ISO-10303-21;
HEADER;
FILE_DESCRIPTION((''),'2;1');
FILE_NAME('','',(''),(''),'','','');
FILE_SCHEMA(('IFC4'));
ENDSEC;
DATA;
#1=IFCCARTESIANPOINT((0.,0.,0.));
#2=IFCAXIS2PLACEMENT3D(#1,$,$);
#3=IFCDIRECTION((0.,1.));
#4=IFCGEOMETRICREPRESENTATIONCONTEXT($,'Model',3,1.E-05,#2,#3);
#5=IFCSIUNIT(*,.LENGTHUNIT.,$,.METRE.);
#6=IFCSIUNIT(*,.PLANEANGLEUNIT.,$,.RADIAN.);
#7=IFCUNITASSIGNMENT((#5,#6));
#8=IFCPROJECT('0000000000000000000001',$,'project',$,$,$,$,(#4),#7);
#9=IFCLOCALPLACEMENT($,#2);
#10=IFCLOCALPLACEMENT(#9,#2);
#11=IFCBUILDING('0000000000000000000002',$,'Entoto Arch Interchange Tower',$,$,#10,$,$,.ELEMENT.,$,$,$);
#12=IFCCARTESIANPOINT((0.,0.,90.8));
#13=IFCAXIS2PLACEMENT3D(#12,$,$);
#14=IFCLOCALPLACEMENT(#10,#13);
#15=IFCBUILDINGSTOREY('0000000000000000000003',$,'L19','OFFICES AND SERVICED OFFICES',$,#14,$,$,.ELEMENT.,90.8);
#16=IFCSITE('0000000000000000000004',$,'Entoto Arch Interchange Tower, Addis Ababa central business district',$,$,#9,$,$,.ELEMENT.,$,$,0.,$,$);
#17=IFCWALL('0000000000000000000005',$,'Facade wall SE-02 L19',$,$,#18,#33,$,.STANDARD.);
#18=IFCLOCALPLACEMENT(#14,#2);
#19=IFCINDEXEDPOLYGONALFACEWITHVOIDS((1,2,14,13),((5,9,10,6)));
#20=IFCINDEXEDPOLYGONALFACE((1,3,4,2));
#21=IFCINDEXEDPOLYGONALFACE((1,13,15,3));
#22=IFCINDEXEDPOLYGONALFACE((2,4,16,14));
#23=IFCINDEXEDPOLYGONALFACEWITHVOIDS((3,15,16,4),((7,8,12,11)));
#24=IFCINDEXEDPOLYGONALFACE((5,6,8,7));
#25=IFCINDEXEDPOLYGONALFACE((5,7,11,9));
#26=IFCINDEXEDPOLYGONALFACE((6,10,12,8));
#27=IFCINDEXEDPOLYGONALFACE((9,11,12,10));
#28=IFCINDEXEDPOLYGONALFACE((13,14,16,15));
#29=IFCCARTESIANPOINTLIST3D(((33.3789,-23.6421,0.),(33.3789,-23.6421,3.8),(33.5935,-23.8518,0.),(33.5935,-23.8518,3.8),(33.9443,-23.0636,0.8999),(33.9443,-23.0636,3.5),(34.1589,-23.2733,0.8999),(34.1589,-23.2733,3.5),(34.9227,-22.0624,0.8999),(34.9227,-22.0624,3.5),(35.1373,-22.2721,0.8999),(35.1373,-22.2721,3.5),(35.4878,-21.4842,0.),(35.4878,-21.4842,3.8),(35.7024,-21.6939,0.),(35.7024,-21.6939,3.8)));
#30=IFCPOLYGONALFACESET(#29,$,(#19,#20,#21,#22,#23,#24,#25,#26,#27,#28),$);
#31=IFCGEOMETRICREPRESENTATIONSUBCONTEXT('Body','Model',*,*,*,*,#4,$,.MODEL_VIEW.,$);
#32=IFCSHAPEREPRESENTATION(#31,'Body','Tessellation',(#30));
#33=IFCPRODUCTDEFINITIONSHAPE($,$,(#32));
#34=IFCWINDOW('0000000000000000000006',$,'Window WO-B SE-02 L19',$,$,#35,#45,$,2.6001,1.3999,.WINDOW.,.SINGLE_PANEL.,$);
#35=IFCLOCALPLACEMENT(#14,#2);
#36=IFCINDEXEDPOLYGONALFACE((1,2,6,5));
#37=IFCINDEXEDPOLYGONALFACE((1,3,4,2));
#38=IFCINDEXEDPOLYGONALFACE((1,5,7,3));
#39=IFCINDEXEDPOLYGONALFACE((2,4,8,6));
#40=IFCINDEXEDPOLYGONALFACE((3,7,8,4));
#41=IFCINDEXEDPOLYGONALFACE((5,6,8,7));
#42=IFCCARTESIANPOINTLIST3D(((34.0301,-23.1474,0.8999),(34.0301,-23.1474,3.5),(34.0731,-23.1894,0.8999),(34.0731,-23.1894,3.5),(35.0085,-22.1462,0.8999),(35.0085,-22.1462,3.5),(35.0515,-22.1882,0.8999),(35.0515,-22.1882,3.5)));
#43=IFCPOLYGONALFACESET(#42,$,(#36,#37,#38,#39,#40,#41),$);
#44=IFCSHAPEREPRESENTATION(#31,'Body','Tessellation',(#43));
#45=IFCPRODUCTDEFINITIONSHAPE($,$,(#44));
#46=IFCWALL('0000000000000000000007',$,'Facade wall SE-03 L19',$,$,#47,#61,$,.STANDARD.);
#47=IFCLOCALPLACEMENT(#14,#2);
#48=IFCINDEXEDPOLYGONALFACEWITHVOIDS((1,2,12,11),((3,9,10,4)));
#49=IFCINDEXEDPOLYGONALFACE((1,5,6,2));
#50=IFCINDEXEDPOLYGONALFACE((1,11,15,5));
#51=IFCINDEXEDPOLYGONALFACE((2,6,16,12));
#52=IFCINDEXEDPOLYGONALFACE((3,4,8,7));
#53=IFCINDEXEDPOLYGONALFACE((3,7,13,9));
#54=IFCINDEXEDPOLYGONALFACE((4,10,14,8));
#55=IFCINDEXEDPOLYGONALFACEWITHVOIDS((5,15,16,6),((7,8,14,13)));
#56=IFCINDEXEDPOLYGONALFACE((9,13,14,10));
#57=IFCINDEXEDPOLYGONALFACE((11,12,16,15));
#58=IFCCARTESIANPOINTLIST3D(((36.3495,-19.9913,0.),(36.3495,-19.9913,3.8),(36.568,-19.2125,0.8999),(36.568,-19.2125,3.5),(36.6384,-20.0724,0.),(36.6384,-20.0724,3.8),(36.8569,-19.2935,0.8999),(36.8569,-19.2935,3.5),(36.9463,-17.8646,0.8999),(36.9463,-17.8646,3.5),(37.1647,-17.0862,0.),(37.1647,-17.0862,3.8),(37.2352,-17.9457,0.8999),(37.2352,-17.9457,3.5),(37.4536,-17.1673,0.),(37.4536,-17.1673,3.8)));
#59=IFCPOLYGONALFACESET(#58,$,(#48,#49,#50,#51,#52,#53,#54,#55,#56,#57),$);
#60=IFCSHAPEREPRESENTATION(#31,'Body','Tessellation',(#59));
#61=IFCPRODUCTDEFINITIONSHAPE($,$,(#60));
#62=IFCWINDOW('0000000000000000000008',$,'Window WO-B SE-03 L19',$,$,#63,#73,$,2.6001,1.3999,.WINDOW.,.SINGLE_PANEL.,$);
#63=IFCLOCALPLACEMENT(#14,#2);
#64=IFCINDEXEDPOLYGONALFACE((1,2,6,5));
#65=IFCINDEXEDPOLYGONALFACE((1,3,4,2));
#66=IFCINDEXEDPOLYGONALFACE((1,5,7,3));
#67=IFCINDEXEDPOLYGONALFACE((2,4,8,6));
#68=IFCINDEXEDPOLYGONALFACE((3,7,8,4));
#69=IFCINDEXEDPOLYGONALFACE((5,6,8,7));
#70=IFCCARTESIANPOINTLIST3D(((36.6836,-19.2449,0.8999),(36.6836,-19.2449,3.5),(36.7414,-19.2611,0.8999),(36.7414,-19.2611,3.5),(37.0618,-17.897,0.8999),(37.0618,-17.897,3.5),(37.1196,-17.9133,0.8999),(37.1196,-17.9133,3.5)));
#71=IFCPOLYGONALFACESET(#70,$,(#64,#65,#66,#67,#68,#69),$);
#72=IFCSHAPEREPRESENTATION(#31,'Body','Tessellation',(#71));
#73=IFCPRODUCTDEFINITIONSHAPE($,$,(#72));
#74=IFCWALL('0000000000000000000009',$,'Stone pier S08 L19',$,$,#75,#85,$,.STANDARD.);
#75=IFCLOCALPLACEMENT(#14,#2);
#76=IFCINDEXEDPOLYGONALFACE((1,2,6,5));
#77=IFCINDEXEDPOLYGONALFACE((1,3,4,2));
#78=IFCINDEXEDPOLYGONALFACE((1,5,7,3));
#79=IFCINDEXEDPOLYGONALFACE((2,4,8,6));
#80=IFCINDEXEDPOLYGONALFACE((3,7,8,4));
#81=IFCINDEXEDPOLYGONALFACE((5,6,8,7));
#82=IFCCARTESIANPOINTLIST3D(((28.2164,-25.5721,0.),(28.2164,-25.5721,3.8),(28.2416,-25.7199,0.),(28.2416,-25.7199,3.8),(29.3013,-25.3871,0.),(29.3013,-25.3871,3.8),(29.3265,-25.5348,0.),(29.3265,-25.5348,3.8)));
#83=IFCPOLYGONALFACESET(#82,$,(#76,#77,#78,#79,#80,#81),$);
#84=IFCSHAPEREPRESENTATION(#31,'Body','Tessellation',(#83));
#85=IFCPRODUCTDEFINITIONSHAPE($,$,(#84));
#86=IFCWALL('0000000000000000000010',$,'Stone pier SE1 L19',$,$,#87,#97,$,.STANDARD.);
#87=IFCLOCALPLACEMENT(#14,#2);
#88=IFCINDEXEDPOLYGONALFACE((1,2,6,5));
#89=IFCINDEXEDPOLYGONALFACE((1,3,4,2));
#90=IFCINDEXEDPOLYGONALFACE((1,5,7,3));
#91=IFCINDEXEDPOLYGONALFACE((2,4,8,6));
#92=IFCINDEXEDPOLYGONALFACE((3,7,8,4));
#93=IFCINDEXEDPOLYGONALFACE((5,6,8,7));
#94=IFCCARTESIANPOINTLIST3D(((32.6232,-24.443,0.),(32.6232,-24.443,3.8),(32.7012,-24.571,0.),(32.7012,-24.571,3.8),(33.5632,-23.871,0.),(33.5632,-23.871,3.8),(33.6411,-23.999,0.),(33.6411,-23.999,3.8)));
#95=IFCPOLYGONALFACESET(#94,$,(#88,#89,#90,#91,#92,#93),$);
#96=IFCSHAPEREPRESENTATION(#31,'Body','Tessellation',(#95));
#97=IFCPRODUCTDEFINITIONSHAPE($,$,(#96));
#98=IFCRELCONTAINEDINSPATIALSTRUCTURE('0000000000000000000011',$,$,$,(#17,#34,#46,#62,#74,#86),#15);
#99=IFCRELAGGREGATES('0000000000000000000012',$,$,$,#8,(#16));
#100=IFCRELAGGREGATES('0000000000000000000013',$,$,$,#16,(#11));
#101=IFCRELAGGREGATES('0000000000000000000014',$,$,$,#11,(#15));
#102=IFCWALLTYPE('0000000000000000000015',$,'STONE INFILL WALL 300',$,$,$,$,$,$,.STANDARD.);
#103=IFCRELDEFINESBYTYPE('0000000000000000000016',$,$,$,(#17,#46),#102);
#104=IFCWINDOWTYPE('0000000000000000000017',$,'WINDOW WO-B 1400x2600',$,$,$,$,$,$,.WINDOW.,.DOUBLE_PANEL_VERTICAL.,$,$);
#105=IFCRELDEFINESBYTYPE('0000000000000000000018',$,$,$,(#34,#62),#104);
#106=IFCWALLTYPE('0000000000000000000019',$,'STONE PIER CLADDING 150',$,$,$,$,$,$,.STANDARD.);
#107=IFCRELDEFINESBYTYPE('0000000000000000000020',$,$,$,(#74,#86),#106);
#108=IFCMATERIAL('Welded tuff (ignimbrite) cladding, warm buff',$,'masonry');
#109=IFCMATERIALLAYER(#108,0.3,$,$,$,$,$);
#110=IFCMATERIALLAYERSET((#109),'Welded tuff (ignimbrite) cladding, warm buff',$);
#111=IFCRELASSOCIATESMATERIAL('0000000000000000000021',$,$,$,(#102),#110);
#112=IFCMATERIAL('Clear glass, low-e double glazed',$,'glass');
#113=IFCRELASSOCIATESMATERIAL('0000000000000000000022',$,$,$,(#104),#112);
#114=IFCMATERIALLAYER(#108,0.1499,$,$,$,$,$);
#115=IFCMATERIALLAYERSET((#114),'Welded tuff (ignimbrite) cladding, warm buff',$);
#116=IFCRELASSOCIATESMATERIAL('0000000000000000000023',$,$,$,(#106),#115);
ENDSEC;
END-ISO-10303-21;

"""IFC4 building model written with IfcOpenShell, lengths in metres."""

from ifc_helpers import new_model, si_unit, direction, frame, frame_2d, origin, place, context, subcontext, project, spatial, rectangle, extrude, material, layer, layer_set, type_object, element, fill, save


model = new_model("IFC4")

# Units and contexts
model_context = context("Model", 3, precision=1e-05, world=origin(), true_north=direction((0.0, 1.0)))
body_context = subcontext(model_context, "Body", "Model", "MODEL_VIEW")
ifc_project = project(units=[si_unit("LENGTHUNIT", "METRE"), si_unit("PLANEANGLEUNIT", "RADIAN")], contexts=[model_context])

# Site, building, storey
site_placement = place(None, origin())
site = spatial("IfcSite", under=ifc_project, at=site_placement, Name="Entoto Arch Interchange Tower, Addis Ababa central business district", CompositionType="ELEMENT", RefElevation=0.0)
building_placement = place(site_placement, origin())
building = spatial("IfcBuilding", under=site, at=building_placement, Name="Entoto Arch Interchange Tower", CompositionType="ELEMENT")
storey_placement = place(building_placement, frame((0.0, 0.0, 90.8)))
storey = spatial("IfcBuildingStorey", under=building, at=storey_placement, Name="L19", Description="OFFICES AND SERVICED OFFICES", CompositionType="ELEMENT", Elevation=90.8)

# Walls, openings, windows
ifc_material_1 = material(Name="Welded tuff (ignimbrite) cladding, warm buff", Category="masonry")
ifc_layer_1 = layer(ifc_material_1, 0.3)
ifc_layer_set_1 = layer_set([ifc_layer_1], Name="Welded tuff (ignimbrite) cladding, warm buff")
wall_type_1 = type_object("IfcWallType", Name="STONE INFILL WALL 300", PredefinedType="STANDARD", material=ifc_layer_set_1)
ifc_material_2 = material(Name="Clear glass, low-e double glazed", Category="glass")
window_type = type_object("IfcWindowType", Name="WINDOW WO-B 1400x2600", PartitioningType="DOUBLE_PANEL_VERTICAL", PredefinedType="WINDOW", material=ifc_material_2)
wall_1_placement = place(storey_placement, frame((33.4861, -23.7471, 0.0), z_axis=(0.0, 0.0, 1.0), x_axis=(0.698928, 0.715192, 0.0)))
wall_1 = element("IfcWall", 1, at=wall_1_placement, inside=storey, type_object=wall_type_1, Name="Facade wall SE-02 L19", PredefinedType="STANDARD", context=body_context, shape_type="SweptSolid", body=[
    extrude(rectangle(XDim=3.0173, YDim=0.3, at=frame_2d((1.5088, 0.0))), origin(), (0.0, 0.0, 1.0), 3.8),
])
opening_1_placement = place(wall_1_placement, frame((0.8091, 0.0, 0.8999)))
opening_1 = element("IfcOpeningElement", 2, at=opening_1_placement, cuts=wall_1, PredefinedType="OPENING", context=body_context, shape_type="SweptSolid", body=[
    extrude(rectangle(XDim=1.3999, YDim=2.6001, at=frame_2d((0.7, 1.3))), frame((0.0, 0.1602, 0.0), z_axis=(0.0, -1.0, 0.0), x_axis=(1.0, 0.0, 0.0)), (0.0, 0.0, 1.0), 0.3201),
])
window_1_placement = place(opening_1_placement, origin())
window_1 = element("IfcWindow", 3, at=window_1_placement, inside=storey, type_object=window_type, Name="Window WO-B SE-02 L19", OverallHeight=2.6001, OverallWidth=1.3999, PartitioningType="SINGLE_PANEL", PredefinedType="WINDOW", context=body_context, shape_type="SweptSolid", body=[
    extrude(rectangle(XDim=1.3999, YDim=2.6001, at=frame_2d((0.7, 1.3))), frame((0.0, 0.03, 0.0), z_axis=(0.0, -1.0, 0.0), x_axis=(1.0, 0.0, 0.0)), (0.0, 0.0, 1.0), 0.0601),
])
fill(opening_1, window_1)
wall_2_placement = place(storey_placement, frame((36.4939, -20.032, 0.0), z_axis=(0.0, 0.0, 1.0), x_axis=(0.270176, 0.962811, 0.0)))
wall_2 = element("IfcWall", 4, at=wall_2_placement, inside=storey, type_object=wall_type_1, Name="Facade wall SE-03 L19", PredefinedType="STANDARD", context=body_context, shape_type="SweptSolid", body=[
    extrude(rectangle(XDim=3.0173, YDim=0.3, at=frame_2d((1.5088, 0.0))), origin(), (0.0, 0.0, 1.0), 3.8),
])
opening_2_placement = place(wall_2_placement, frame((0.8091, 0.0, 0.8999)))
opening_2 = element("IfcOpeningElement", 5, at=opening_2_placement, cuts=wall_2, PredefinedType="OPENING", context=body_context, shape_type="SweptSolid", body=[
    extrude(rectangle(XDim=1.3999, YDim=2.6001, at=frame_2d((0.7, 1.3))), frame((0.0, 0.1602, 0.0), z_axis=(0.0, -1.0, 0.0), x_axis=(1.0, 0.0, 0.0)), (0.0, 0.0, 1.0), 0.3201),
])
window_2_placement = place(opening_2_placement, origin())
window_2 = element("IfcWindow", 6, at=window_2_placement, inside=storey, type_object=window_type, Name="Window WO-B SE-03 L19", OverallHeight=2.6001, OverallWidth=1.3999, PartitioningType="SINGLE_PANEL", PredefinedType="WINDOW", context=body_context, shape_type="SweptSolid", body=[
    extrude(rectangle(XDim=1.3999, YDim=2.6001, at=frame_2d((0.7, 1.3))), frame((0.0, 0.03, 0.0), z_axis=(0.0, -1.0, 0.0), x_axis=(1.0, 0.0, 0.0)), (0.0, 0.0, 1.0), 0.0601),
])
fill(opening_2, window_2)

# Walls
ifc_layer_2 = layer(ifc_material_1, 0.1499)
ifc_layer_set_2 = layer_set([ifc_layer_2], Name="Welded tuff (ignimbrite) cladding, warm buff")
wall_type_2 = type_object("IfcWallType", Name="STONE PIER CLADDING 150", PredefinedType="STANDARD", material=ifc_layer_set_2)
wall_3_placement = place(storey_placement, frame((28.229, -25.646, 0.0), z_axis=(0.0, 0.0, 1.0), x_axis=(0.985763, 0.168139, 0.0)))
element("IfcWall", 7, at=wall_3_placement, inside=storey, type_object=wall_type_2, Name="Stone pier S08 L19", PredefinedType="STANDARD", context=body_context, shape_type="SweptSolid", body=[
    extrude(rectangle(XDim=1.1006, YDim=0.1499, at=frame_2d((0.5503, 0.0))), origin(), (0.0, 0.0, 1.0), 3.8),
])
wall_4_placement = place(storey_placement, frame((32.6621, -24.5071, 0.0), z_axis=(0.0, 0.0, 1.0), x_axis=(0.854246, 0.51987, 0.0)))
element("IfcWall", 8, at=wall_4_placement, inside=storey, type_object=wall_type_2, Name="Stone pier SE1 L19", PredefinedType="STANDARD", context=body_context, shape_type="SweptSolid", body=[
    extrude(rectangle(XDim=1.1003, YDim=0.1499, at=frame_2d((0.5503, 0.0))), origin(), (0.0, 0.0, 1.0), 3.8),
])

save(model, "model.ifc")
